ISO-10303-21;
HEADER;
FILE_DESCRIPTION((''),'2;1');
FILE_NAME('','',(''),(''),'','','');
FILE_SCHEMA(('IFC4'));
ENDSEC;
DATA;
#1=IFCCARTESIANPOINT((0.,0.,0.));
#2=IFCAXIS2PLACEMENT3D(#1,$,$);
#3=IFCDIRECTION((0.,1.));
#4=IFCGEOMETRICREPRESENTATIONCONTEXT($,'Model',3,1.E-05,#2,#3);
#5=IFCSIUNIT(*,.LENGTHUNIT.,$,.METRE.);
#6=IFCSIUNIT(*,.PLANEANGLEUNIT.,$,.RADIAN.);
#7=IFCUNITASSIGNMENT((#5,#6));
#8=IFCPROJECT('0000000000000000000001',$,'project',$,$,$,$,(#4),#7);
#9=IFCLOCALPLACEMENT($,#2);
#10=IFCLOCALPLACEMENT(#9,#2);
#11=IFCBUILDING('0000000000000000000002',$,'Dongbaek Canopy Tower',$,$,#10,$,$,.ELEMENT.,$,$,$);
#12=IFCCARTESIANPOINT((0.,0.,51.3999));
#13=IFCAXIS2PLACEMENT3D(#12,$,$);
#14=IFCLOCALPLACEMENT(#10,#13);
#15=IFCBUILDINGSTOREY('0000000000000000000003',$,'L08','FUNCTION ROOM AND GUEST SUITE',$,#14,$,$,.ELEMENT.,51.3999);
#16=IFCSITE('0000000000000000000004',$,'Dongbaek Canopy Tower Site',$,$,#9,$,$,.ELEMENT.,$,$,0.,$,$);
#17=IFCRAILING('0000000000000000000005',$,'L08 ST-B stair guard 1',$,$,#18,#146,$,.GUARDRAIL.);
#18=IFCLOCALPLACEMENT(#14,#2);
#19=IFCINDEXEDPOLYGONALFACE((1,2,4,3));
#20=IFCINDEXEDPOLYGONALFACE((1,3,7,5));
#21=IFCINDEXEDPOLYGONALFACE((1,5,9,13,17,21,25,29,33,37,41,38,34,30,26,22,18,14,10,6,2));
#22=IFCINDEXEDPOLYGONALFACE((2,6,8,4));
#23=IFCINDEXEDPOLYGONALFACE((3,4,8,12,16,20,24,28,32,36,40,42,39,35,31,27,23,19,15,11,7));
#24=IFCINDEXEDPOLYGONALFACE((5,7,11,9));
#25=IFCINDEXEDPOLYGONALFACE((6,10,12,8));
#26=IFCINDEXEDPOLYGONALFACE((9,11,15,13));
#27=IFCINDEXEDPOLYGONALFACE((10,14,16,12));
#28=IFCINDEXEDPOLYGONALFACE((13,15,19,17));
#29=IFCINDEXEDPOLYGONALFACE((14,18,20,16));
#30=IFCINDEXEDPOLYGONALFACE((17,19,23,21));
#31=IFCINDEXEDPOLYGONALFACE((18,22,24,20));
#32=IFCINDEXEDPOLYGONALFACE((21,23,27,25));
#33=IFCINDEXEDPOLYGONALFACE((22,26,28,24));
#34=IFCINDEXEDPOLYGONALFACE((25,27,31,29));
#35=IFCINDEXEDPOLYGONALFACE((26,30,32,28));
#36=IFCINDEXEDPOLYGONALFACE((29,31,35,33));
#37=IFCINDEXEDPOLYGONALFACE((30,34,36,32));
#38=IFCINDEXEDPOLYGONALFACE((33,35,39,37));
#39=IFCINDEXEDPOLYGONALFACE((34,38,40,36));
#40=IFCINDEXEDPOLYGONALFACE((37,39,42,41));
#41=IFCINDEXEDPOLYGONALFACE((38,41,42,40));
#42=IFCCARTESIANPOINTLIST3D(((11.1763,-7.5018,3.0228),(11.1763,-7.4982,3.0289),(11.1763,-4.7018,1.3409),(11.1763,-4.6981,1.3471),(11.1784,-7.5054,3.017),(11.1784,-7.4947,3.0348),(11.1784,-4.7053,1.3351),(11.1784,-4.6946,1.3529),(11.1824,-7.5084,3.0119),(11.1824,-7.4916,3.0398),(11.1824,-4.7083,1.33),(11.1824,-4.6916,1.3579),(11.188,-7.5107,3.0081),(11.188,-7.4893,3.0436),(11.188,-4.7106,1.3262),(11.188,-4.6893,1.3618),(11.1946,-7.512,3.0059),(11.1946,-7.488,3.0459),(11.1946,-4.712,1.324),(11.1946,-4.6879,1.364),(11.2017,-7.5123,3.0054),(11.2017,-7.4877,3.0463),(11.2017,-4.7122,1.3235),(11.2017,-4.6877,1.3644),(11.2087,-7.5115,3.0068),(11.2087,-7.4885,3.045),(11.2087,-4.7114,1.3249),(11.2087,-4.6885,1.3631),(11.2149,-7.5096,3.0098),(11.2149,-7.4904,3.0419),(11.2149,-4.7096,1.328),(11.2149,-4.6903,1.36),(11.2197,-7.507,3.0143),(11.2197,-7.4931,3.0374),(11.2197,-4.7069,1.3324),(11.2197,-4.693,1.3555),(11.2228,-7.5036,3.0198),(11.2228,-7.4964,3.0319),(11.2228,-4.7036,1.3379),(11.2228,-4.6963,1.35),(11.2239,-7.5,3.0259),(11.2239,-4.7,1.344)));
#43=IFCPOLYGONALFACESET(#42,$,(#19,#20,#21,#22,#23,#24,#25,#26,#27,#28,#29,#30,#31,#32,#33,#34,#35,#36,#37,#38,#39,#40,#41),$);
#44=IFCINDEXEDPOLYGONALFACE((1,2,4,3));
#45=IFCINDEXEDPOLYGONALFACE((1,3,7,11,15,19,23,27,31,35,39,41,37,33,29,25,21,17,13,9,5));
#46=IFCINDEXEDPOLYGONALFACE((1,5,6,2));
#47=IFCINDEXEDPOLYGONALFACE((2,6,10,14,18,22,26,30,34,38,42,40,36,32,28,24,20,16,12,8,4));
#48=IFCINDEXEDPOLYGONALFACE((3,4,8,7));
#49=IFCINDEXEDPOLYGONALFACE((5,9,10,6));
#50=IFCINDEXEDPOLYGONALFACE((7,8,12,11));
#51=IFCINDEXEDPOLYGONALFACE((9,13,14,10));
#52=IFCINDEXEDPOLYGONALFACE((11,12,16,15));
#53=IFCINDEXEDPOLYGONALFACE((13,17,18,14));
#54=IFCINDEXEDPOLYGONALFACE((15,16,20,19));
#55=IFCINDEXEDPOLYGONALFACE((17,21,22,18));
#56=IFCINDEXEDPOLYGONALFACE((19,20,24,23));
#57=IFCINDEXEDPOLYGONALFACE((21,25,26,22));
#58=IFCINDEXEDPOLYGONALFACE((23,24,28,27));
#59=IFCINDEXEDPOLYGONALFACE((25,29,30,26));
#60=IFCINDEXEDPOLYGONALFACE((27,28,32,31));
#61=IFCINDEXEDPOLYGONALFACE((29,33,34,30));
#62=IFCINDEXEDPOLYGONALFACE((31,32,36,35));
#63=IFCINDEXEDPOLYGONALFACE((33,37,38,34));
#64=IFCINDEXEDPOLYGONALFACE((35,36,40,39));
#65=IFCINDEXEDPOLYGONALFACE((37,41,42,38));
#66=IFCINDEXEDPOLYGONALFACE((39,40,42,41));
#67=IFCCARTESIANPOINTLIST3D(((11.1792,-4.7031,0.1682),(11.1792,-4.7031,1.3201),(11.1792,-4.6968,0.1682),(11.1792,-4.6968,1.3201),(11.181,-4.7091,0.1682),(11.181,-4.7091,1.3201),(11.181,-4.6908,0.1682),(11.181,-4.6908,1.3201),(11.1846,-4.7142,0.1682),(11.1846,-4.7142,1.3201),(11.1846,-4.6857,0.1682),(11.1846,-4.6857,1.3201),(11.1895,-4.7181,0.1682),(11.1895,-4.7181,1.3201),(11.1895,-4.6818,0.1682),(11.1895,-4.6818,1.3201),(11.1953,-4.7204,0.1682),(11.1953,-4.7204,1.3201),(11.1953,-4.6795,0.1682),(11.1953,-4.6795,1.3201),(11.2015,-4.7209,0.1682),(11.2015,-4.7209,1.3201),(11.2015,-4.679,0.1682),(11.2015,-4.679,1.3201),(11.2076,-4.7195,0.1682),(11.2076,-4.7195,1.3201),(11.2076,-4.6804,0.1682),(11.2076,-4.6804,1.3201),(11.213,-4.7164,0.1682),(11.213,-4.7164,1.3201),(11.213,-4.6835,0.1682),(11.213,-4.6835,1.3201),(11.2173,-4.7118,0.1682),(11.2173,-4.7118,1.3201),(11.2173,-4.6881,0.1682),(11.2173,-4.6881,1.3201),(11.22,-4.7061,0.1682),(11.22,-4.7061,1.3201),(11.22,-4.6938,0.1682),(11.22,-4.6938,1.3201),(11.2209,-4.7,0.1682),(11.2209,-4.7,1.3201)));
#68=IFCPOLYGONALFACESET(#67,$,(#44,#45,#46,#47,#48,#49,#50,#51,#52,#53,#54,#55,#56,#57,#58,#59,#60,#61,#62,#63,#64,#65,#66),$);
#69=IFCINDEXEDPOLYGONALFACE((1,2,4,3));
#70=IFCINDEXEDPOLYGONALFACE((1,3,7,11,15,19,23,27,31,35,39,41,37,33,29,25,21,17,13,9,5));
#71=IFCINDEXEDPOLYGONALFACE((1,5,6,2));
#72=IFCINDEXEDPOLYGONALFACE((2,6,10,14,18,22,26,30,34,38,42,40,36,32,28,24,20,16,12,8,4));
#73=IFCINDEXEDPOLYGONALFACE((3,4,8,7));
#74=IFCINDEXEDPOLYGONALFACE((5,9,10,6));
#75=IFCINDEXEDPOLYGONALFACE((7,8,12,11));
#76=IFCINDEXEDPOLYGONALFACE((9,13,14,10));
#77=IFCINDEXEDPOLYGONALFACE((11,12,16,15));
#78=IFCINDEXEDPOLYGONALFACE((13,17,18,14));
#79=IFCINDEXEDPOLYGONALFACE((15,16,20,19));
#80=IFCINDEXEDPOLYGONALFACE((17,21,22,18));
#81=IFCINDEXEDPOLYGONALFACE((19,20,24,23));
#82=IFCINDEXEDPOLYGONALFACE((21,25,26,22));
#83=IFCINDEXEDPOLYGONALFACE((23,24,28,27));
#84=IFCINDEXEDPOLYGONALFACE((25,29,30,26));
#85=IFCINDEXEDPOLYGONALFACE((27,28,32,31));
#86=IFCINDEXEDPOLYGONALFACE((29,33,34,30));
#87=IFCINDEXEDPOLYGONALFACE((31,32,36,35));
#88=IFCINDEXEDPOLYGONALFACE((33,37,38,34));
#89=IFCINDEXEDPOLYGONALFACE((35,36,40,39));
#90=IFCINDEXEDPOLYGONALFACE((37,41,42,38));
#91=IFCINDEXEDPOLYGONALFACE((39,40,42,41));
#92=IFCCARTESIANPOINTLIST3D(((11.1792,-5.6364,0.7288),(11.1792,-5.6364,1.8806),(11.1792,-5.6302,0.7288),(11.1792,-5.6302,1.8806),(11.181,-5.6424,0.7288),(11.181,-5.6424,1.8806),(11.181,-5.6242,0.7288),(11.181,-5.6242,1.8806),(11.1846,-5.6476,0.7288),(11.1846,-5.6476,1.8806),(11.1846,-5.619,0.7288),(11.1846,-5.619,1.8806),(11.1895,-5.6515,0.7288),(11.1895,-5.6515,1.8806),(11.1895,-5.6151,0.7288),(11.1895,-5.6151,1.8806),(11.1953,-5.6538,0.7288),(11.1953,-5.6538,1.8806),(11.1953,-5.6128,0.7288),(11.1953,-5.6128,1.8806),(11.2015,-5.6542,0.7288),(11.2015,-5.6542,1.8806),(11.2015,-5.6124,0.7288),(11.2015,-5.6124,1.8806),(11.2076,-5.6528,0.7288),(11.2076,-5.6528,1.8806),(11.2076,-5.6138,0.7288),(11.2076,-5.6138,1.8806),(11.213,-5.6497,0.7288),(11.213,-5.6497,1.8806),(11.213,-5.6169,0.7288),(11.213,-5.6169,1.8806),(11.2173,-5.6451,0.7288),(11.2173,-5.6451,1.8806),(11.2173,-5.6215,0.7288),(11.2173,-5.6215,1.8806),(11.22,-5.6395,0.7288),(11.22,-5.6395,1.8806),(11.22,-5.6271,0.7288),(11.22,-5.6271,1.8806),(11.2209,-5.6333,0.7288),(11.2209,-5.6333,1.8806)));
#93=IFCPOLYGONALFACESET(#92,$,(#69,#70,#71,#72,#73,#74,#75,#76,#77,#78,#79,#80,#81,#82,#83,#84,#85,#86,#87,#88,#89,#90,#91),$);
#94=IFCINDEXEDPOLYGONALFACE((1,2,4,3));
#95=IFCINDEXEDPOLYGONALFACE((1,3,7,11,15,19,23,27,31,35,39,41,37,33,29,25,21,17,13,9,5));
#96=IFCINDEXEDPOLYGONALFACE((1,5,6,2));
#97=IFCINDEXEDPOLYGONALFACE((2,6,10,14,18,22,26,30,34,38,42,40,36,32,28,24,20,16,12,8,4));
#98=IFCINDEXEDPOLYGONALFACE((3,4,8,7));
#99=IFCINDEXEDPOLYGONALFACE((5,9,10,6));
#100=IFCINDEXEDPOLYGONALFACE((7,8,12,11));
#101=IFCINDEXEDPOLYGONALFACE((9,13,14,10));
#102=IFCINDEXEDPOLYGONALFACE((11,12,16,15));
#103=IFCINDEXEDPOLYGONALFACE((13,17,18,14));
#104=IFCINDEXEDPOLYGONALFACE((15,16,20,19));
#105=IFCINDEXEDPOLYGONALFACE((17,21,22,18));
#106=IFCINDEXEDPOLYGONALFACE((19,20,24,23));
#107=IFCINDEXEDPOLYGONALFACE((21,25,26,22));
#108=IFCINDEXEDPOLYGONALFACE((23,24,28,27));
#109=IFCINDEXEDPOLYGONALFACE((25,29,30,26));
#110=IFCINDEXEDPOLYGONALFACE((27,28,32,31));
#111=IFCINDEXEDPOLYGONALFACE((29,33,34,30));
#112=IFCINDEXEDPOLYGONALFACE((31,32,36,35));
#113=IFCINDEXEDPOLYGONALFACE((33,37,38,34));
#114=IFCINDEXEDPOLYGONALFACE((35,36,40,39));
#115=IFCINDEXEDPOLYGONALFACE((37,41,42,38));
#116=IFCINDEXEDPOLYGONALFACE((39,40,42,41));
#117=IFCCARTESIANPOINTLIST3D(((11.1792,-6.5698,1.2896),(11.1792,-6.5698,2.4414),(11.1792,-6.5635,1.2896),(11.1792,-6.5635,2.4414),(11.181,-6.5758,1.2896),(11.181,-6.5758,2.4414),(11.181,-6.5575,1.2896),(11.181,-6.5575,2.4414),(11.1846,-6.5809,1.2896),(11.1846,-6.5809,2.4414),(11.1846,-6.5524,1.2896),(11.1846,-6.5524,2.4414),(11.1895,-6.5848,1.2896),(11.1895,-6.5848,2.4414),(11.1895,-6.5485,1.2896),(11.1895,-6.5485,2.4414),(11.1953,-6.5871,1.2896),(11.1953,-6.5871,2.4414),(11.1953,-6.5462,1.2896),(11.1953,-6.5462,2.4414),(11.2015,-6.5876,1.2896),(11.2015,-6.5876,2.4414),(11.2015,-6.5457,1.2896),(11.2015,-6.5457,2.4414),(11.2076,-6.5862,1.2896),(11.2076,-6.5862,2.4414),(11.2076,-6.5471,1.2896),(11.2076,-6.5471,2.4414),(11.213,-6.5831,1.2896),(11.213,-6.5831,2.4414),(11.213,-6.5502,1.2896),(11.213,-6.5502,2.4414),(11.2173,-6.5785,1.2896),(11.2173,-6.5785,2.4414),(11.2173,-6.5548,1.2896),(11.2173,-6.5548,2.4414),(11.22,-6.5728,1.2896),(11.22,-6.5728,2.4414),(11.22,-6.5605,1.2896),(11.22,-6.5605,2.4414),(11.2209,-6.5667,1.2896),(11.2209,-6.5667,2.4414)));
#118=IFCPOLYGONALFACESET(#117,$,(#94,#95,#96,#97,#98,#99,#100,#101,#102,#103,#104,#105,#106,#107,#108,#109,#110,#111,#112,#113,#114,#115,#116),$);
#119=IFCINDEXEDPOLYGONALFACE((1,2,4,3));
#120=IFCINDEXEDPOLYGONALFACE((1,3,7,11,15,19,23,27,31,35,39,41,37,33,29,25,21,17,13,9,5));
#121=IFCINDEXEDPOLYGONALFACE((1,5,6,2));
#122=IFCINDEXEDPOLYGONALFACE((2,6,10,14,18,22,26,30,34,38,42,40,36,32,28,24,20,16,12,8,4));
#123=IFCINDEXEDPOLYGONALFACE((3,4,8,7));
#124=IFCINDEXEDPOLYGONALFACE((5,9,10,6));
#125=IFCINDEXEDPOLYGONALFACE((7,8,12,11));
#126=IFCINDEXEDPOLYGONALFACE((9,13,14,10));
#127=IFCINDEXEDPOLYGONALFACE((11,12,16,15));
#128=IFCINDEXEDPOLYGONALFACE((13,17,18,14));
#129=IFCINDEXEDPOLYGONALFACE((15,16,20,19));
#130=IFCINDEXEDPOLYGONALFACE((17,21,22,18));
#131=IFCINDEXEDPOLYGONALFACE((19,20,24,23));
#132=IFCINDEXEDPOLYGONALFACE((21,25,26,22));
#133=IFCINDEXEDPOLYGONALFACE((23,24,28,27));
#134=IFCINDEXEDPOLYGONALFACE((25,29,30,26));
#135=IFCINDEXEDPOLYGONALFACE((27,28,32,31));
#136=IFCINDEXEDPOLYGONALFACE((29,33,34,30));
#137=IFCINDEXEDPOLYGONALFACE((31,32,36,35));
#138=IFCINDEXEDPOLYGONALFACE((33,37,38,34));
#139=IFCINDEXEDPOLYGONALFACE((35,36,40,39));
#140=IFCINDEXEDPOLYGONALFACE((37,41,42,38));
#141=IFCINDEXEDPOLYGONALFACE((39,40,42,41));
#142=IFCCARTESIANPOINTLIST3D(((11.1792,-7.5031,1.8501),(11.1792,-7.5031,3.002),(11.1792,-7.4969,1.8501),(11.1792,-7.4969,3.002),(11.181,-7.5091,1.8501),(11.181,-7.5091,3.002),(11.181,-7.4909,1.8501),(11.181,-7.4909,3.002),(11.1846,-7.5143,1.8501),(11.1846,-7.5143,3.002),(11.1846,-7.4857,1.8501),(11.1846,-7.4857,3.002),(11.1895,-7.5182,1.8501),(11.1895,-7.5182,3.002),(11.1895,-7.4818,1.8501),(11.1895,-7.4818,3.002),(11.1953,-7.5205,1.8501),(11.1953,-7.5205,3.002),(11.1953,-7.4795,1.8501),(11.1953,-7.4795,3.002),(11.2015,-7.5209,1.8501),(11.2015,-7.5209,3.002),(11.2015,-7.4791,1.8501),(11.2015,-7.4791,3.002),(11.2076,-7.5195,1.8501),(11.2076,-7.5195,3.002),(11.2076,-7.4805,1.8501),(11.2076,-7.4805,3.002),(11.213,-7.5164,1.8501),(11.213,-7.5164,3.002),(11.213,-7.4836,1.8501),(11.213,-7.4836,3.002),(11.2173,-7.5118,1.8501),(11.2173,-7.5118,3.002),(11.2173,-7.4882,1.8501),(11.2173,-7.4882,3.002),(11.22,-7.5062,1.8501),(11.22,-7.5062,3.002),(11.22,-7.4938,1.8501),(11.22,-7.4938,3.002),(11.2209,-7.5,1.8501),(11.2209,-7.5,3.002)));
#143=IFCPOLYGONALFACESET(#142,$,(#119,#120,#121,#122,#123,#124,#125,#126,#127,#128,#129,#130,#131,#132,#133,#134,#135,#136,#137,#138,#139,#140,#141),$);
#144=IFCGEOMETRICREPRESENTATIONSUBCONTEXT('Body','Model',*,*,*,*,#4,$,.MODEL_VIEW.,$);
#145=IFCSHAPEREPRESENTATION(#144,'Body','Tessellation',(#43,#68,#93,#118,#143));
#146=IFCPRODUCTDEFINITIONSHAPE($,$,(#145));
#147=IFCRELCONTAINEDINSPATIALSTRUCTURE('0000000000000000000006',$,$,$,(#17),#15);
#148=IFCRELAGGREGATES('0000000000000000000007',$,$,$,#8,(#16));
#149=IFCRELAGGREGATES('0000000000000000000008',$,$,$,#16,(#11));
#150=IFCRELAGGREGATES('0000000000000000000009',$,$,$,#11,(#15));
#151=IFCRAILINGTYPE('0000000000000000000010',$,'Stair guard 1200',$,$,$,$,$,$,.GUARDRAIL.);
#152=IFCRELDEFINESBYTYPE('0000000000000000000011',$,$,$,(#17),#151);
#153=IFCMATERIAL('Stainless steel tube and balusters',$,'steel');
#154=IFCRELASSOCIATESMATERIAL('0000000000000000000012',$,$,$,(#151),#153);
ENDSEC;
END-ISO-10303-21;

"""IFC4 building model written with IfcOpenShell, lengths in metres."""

from ifc_helpers import new_model, si_unit, direction, frame, origin, origin_2d, place, context, subcontext, project, spatial, circle, extrude, material, type_object, element, save


model = new_model("IFC4")

# Units and contexts
model_context = context("Model", 3, precision=1e-05, world=origin(), true_north=direction((0.0, 1.0)))
body_context = subcontext(model_context, "Body", "Model", "MODEL_VIEW")
ifc_project = project(units=[si_unit("LENGTHUNIT", "METRE"), si_unit("PLANEANGLEUNIT", "RADIAN")], contexts=[model_context])

# Site, building, storey
site_placement = place(None, origin())
site = spatial("IfcSite", under=ifc_project, at=site_placement, Name="Dongbaek Canopy Tower Site", CompositionType="ELEMENT", RefElevation=0.0)
building_placement = place(site_placement, origin())
building = spatial("IfcBuilding", under=site, at=building_placement, Name="Dongbaek Canopy Tower", CompositionType="ELEMENT")
storey_placement = place(building_placement, frame((0.0, 0.0, 51.3999)))
storey = spatial("IfcBuildingStorey", under=building, at=storey_placement, Name="L08", Description="FUNCTION ROOM AND GUEST SUITE", CompositionType="ELEMENT", Elevation=51.3999)

# Railing
ifc_material_1 = material(Name="Stainless steel tube and balusters", Category="steel")
railing_type_1 = type_object("IfcRailingType", Name="Stair guard 1200", PredefinedType="GUARDRAIL", material=ifc_material_1)
railing_1_placement = place(storey_placement, frame((11.2, -4.7, 0.1682)))
element("IfcRailing", 1, at=railing_1_placement, inside=storey, type_object=railing_type_1, Name="L08 ST-B stair guard 1", PredefinedType="GUARDRAIL", context=body_context, shape_type="SweptSolid", body=[
    extrude(circle(Radius=0.0239, at=origin_2d()), frame((0.0, 0.0, 1.1758), z_axis=(0.0, -0.857242, 0.514913), x_axis=(1.0, 0.0, 0.0)), (0.0, 0.0, 1.0), 3.2664),
    extrude(circle(Radius=0.021, at=origin_2d()), origin(), (0.0, 0.0, 1.0), 1.1519),
    extrude(circle(Radius=0.021, at=origin_2d()), frame((0.0, -0.9333, 0.5605)), (0.0, 0.0, 1.0), 1.1519),
    extrude(circle(Radius=0.021, at=origin_2d()), frame((0.0, -1.8667, 1.1213)), (0.0, 0.0, 1.0), 1.1519),
    extrude(circle(Radius=0.021, at=origin_2d()), frame((0.0, -2.8, 1.6819)), (0.0, 0.0, 1.0), 1.1519),
])

save(model, "model.ifc")
